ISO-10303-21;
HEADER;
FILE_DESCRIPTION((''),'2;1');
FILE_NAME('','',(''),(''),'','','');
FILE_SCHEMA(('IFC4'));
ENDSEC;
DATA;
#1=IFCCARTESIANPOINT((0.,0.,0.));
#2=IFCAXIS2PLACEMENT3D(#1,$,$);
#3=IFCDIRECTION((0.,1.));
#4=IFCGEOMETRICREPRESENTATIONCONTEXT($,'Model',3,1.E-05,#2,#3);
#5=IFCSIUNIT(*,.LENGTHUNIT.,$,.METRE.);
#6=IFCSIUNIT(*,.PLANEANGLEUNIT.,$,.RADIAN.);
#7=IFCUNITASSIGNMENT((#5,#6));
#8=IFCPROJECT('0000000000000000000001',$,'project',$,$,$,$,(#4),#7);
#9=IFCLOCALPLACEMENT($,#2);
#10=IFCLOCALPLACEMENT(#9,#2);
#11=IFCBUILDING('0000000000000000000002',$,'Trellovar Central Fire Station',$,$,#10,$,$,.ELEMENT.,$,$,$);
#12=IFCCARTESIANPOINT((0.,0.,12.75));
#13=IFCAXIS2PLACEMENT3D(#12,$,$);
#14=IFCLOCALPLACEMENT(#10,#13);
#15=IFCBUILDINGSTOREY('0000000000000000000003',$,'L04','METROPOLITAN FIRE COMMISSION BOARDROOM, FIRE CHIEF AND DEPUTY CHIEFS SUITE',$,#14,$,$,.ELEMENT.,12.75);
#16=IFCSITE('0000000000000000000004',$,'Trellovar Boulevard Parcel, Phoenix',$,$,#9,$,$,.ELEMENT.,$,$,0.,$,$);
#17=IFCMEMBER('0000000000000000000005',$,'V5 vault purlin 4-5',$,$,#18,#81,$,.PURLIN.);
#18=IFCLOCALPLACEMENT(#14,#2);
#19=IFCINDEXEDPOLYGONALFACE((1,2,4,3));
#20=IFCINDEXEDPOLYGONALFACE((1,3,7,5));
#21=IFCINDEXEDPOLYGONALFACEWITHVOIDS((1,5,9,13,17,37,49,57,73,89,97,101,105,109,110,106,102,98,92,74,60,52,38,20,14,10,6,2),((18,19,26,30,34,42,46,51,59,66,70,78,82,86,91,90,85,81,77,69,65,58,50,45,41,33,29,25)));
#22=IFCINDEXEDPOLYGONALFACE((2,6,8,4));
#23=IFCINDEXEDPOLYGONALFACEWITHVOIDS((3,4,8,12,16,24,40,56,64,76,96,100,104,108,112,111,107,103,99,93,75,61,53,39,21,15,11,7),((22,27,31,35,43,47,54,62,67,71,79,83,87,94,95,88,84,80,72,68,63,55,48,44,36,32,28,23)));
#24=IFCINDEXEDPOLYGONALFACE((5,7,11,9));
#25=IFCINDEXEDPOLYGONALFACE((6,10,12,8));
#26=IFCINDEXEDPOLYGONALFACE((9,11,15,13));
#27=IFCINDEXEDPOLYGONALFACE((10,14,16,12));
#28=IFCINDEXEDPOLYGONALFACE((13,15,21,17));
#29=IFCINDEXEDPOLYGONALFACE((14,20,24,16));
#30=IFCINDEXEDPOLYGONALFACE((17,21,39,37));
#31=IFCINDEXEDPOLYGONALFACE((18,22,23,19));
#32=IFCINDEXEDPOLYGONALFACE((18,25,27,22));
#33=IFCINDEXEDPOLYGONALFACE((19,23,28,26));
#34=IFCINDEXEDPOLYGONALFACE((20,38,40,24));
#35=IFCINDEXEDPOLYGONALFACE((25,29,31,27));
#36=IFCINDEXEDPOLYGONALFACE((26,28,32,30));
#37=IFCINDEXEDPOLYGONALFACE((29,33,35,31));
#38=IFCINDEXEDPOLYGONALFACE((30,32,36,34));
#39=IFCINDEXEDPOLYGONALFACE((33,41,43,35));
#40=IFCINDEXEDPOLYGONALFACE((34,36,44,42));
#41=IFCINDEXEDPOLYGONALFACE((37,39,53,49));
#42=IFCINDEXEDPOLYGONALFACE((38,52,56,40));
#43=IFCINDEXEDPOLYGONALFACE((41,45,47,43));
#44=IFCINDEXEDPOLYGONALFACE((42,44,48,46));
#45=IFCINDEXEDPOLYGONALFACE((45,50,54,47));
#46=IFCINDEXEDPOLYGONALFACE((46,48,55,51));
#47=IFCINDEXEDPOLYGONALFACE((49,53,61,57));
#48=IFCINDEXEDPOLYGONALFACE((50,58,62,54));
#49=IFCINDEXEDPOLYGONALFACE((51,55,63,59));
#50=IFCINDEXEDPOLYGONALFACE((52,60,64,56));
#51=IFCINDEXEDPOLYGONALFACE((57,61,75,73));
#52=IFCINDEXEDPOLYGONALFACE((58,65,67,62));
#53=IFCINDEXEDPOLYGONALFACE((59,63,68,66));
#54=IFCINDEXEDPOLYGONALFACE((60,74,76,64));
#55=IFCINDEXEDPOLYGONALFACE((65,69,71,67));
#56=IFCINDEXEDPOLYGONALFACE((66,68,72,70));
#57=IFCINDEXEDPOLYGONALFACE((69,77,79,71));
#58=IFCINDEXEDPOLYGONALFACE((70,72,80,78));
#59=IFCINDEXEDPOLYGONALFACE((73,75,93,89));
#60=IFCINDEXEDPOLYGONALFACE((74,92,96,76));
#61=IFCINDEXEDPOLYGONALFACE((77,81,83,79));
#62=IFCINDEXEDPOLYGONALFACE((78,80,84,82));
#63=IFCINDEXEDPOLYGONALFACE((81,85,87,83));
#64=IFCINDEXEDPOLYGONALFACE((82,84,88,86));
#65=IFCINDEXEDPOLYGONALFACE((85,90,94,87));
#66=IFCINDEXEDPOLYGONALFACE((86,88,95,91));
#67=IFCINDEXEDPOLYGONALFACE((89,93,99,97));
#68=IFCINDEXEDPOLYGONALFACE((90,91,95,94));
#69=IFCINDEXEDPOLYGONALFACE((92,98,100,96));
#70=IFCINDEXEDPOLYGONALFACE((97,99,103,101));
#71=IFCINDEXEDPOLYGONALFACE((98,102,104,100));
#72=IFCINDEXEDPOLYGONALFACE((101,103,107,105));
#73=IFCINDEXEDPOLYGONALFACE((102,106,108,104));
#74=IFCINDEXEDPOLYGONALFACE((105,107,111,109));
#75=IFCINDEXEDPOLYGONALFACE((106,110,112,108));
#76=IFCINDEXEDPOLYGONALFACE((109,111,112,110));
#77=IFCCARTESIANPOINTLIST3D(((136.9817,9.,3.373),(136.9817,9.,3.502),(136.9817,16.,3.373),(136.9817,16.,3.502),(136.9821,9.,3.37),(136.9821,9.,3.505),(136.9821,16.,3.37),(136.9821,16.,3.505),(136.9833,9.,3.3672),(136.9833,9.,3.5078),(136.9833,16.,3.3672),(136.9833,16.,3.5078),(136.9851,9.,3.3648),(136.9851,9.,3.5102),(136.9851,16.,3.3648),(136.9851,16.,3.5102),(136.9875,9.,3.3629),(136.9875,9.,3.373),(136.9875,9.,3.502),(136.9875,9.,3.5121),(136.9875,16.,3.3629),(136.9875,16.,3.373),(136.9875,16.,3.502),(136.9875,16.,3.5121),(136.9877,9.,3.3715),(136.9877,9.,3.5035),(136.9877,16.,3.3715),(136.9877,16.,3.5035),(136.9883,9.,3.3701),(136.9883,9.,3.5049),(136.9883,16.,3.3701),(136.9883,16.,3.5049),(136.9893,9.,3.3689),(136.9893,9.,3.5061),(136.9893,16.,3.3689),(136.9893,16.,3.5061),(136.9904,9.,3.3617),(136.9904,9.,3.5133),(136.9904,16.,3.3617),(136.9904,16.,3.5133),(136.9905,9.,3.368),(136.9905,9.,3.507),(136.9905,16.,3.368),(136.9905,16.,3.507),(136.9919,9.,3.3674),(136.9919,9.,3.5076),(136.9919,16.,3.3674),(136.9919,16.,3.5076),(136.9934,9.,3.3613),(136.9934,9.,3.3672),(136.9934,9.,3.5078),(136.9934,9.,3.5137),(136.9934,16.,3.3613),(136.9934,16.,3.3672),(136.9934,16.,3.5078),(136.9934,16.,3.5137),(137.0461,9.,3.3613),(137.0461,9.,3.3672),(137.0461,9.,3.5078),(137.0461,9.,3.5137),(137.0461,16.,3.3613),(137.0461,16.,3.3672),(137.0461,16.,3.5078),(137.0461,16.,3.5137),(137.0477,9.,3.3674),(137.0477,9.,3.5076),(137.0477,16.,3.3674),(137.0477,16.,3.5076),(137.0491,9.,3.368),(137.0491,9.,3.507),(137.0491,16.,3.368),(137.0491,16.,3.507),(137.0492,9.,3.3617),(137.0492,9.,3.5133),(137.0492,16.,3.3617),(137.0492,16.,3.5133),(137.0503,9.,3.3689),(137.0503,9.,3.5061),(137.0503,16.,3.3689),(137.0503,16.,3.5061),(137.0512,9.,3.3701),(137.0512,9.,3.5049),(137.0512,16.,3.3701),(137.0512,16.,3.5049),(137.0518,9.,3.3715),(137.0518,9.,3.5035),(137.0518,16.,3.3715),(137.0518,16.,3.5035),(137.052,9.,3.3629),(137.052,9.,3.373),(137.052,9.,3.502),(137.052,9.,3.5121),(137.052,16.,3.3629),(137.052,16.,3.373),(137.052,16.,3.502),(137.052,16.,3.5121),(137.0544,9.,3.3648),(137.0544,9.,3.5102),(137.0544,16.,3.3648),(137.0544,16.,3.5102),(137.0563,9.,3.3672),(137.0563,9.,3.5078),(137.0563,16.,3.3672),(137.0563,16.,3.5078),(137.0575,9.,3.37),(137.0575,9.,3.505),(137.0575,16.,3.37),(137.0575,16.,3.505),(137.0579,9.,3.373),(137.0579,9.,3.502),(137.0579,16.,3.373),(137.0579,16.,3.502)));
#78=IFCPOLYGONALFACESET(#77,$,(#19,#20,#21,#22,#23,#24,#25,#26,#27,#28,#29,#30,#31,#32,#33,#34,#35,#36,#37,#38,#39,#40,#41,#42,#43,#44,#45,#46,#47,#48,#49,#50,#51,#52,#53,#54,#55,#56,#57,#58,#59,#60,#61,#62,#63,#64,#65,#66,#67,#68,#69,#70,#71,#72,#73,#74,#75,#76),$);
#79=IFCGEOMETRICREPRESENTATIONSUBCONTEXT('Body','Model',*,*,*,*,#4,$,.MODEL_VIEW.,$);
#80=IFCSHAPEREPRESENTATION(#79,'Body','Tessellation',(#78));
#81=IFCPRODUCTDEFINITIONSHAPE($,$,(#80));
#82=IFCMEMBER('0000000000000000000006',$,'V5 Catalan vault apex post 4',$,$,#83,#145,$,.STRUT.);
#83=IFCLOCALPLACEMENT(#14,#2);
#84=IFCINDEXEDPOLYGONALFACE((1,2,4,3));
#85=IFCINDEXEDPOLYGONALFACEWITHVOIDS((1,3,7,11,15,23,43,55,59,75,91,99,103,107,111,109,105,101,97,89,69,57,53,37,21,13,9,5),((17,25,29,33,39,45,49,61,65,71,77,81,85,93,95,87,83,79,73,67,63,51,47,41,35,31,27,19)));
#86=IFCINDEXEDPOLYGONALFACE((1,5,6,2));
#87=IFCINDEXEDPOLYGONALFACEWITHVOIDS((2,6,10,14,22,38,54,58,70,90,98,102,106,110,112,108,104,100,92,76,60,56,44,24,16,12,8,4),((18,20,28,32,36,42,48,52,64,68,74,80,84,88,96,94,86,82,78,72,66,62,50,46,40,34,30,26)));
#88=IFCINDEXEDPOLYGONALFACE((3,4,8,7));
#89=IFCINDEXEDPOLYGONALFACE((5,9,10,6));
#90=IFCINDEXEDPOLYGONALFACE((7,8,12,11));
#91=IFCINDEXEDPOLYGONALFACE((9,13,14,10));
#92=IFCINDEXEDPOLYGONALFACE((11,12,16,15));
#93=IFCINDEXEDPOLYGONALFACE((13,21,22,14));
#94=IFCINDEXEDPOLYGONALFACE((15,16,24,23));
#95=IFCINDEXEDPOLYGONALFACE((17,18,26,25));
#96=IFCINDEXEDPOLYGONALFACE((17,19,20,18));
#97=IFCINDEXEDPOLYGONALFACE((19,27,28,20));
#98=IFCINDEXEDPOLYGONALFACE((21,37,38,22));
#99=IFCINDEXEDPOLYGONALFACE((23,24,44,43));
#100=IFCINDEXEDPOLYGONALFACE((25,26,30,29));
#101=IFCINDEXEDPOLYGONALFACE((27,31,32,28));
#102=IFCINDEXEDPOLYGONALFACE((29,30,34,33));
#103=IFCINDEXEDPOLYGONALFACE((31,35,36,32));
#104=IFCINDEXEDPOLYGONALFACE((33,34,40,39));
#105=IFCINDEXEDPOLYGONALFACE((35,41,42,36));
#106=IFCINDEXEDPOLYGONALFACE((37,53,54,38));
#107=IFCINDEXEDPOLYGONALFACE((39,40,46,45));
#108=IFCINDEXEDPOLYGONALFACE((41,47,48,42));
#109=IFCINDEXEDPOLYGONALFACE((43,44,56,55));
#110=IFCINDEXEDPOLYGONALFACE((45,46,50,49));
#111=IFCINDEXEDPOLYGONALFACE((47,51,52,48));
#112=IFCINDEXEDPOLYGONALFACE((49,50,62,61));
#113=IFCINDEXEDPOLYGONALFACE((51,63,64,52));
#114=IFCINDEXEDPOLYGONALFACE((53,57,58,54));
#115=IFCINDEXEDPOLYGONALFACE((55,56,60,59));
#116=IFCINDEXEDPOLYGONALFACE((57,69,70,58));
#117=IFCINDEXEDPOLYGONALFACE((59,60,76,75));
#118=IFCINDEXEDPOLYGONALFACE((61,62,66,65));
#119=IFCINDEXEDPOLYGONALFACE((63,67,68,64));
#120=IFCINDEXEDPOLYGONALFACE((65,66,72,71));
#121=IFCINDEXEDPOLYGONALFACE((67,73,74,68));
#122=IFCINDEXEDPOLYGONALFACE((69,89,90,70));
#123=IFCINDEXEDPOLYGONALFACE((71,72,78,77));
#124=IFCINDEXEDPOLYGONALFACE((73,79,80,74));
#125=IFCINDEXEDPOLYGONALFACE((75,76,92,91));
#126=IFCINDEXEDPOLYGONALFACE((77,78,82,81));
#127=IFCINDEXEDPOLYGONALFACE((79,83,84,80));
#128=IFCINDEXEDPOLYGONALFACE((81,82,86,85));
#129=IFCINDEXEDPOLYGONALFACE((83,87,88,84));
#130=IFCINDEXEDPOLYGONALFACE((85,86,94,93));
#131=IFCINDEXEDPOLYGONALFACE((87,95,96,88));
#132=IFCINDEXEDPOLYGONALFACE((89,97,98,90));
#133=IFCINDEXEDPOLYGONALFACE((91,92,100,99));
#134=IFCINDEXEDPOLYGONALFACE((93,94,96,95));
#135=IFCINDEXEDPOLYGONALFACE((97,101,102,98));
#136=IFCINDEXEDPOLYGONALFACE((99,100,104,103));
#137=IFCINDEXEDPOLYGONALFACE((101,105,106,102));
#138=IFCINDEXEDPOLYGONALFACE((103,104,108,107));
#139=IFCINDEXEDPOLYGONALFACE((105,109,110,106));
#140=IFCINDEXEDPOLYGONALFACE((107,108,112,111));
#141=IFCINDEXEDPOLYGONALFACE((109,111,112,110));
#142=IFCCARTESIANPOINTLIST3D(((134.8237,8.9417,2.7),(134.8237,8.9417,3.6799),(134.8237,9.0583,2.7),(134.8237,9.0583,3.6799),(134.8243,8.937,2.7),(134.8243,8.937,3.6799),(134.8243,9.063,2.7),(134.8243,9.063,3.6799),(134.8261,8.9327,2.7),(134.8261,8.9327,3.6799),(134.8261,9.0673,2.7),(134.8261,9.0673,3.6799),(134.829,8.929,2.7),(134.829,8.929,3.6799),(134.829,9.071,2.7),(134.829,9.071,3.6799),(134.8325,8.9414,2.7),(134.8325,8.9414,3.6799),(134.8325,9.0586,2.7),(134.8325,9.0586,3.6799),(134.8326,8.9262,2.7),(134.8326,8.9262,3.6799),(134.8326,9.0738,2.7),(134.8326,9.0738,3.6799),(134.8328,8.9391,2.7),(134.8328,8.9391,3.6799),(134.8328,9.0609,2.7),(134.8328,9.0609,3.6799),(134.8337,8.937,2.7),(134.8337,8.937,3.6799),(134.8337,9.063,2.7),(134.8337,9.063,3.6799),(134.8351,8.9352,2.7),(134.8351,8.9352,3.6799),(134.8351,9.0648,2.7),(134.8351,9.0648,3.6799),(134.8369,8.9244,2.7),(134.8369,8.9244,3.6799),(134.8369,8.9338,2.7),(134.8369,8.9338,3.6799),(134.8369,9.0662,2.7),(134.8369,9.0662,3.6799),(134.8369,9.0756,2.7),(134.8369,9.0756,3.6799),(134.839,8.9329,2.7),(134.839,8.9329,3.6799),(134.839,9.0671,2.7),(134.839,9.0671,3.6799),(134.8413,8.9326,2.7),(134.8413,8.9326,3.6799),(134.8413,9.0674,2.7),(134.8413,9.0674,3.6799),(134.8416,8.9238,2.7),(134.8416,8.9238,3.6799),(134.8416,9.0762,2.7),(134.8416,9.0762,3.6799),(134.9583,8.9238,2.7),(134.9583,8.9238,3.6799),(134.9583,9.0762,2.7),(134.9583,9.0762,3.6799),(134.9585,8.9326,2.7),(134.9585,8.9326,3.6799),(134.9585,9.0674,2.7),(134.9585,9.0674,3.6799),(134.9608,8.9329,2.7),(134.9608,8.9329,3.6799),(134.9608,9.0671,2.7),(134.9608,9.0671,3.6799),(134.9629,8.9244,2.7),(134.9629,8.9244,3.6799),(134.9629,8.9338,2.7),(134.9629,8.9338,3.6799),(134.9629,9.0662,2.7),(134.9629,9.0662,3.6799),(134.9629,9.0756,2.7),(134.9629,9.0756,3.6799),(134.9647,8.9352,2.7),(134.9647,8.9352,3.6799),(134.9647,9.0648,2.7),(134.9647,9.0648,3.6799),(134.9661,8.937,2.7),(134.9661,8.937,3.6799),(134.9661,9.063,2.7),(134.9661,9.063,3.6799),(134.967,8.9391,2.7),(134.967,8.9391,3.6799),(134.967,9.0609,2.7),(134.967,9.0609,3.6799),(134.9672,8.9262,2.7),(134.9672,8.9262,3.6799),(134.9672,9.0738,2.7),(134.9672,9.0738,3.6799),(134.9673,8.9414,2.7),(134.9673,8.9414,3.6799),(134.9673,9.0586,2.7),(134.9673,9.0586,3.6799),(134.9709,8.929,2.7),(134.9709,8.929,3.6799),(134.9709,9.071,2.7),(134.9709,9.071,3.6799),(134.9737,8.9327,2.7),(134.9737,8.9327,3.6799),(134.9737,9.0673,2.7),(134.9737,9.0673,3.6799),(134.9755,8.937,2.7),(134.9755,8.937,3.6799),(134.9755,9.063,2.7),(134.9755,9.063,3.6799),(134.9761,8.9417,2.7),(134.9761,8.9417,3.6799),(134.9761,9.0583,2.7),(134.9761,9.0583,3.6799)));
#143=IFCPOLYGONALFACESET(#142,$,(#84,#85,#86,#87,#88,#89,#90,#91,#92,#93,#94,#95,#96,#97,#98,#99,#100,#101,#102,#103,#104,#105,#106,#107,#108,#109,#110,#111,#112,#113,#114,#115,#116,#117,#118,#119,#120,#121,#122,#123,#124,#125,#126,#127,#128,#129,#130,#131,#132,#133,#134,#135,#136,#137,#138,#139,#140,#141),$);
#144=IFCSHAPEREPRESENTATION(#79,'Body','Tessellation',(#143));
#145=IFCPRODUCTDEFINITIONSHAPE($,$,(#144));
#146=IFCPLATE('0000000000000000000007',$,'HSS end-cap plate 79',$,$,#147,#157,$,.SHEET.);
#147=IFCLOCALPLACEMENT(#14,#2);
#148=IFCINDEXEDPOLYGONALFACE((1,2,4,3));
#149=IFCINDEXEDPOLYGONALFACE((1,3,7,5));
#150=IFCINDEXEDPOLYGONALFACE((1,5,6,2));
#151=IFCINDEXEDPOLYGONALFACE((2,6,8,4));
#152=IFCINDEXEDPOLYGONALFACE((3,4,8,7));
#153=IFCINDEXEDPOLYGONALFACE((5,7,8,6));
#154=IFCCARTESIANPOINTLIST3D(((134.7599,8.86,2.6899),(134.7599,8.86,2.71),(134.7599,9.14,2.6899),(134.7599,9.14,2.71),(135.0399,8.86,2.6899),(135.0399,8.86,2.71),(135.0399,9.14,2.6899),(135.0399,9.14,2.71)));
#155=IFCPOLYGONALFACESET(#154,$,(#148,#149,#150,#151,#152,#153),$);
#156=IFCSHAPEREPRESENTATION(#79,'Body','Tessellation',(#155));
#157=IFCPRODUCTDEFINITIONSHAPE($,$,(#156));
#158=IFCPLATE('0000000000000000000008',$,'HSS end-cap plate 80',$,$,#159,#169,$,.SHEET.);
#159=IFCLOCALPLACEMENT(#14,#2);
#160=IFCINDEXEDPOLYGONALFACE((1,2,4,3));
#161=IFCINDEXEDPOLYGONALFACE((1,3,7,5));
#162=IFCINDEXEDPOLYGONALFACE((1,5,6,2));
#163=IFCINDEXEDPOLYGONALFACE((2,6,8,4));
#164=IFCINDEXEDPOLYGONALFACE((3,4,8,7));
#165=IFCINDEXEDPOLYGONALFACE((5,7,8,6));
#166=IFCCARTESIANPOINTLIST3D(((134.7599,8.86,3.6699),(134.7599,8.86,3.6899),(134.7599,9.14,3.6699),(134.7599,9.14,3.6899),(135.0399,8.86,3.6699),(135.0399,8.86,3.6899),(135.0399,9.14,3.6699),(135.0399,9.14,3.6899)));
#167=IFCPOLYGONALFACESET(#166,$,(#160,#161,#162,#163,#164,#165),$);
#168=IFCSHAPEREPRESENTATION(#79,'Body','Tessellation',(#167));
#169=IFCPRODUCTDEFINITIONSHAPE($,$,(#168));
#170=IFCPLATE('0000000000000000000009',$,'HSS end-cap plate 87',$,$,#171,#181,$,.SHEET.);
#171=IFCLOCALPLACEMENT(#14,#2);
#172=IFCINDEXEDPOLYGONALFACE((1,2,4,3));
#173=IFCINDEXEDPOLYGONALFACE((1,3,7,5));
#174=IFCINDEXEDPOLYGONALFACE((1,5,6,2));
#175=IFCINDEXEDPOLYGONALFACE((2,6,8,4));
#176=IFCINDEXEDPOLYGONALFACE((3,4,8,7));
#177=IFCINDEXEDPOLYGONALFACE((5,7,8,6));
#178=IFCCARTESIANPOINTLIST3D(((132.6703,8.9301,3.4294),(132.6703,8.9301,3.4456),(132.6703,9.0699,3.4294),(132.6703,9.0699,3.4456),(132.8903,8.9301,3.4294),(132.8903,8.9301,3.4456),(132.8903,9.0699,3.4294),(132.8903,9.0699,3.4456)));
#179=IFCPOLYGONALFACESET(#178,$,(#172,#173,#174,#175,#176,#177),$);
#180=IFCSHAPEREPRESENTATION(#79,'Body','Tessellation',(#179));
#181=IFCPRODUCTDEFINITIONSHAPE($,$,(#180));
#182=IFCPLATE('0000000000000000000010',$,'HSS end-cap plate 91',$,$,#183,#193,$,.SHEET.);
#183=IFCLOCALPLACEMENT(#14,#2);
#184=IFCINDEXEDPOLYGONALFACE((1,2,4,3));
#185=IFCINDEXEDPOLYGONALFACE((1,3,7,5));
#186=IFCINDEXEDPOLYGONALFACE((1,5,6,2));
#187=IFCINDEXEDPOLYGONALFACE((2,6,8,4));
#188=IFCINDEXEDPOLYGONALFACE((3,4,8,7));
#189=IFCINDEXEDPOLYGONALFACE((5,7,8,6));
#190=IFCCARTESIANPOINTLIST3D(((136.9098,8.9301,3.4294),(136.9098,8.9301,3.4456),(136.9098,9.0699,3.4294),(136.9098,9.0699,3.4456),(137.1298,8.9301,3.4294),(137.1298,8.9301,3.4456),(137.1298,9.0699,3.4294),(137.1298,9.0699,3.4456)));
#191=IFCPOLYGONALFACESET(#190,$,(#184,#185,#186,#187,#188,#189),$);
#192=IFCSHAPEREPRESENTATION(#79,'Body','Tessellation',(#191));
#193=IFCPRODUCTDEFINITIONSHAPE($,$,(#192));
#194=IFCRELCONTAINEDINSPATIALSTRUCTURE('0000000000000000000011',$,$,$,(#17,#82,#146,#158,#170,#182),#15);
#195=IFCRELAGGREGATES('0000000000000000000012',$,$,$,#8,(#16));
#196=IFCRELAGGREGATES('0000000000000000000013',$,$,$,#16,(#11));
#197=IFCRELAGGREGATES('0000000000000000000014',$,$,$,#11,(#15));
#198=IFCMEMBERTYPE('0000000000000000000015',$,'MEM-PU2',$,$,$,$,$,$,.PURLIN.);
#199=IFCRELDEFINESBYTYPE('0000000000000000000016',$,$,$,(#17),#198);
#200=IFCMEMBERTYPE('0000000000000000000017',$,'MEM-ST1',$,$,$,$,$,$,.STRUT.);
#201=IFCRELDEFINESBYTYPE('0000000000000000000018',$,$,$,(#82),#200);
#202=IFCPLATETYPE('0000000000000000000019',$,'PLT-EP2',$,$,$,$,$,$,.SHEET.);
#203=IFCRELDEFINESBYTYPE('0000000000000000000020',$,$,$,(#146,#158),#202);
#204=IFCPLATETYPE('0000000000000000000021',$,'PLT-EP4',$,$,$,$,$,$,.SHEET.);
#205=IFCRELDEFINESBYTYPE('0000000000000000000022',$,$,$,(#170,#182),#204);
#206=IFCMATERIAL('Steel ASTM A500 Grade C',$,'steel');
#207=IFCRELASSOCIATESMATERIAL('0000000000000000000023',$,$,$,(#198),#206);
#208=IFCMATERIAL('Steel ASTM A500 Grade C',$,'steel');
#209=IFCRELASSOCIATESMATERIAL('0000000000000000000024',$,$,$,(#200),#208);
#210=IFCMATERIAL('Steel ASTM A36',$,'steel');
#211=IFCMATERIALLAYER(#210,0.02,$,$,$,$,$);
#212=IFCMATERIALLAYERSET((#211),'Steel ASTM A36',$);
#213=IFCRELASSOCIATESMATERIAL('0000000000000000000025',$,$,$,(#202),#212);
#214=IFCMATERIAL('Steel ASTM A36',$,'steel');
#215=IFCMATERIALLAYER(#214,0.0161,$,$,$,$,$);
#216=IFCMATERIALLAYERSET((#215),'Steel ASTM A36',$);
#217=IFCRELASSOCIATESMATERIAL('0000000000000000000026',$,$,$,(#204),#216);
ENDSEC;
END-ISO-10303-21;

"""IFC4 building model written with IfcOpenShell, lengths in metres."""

from ifc_helpers import new_model, si_unit, direction, frame, origin, origin_2d, place, context, subcontext, project, spatial, rectangle, hollow_rectangle, extrude, material, layer, layer_set, material_profile, profile_set, type_object, element, save


model = new_model("IFC4")

# Units and contexts
model_context = context("Model", 3, precision=1e-05, world=origin(), true_north=direction((0.0, 1.0)))
body_context = subcontext(model_context, "Body", "Model", "MODEL_VIEW")
ifc_project = project(units=[si_unit("LENGTHUNIT", "METRE"), si_unit("PLANEANGLEUNIT", "RADIAN")], contexts=[model_context])

# Site, building, storey
site_placement = place(None, origin())
site = spatial("IfcSite", under=ifc_project, at=site_placement, Name="Trellovar Boulevard Parcel, Phoenix", CompositionType="ELEMENT", RefElevation=0.0)
building_placement = place(site_placement, origin())
building = spatial("IfcBuilding", under=site, at=building_placement, Name="Trellovar Central Fire Station", CompositionType="ELEMENT")
storey_placement = place(building_placement, frame((0.0, 0.0, 12.75)))
storey = spatial("IfcBuildingStorey", under=building, at=storey_placement, Name="L04", Description="METROPOLITAN FIRE COMMISSION BOARDROOM, FIRE CHIEF AND DEPUTY CHIEFS SUITE", CompositionType="ELEMENT", Elevation=12.75)

# Members
ifc_material_1 = material(Name="Steel ASTM A500 Grade C", Category="steel")
ifc_material_profile_1 = material_profile(ifc_material_1, hollow_rectangle(XDim=0.0762, YDim=0.1523, WallThickness=0.0059, InnerFilletRadius=0.0059, OuterFilletRadius=0.0117, at=origin_2d()), Name="HSS6X3X1/4")
ifc_profile_set_1 = profile_set([ifc_material_profile_1], Name="Steel ASTM A500 Grade C")
member_type_1 = type_object("IfcMemberType", Name="MEM-PU2", PredefinedType="PURLIN", material=ifc_profile_set_1)
for number, where, z_axis, x_axis, name in (
    (1, (137.0198, 9.0, 3.4375), (0.0, 1.0, 0.0), (-1.0, 0.0, 0.0), "V5 vault purlin 4-5"),
):
    element("IfcMember", number, at=place(storey_placement, frame(where, z_axis=z_axis, x_axis=x_axis)), inside=storey, type_object=member_type_1, Name=name, PredefinedType="PURLIN", context=body_context, shape_type="SweptSolid", body=[
        extrude(hollow_rectangle(XDim=0.0762, YDim=0.1523, WallThickness=0.0059, InnerFilletRadius=0.0059, OuterFilletRadius=0.0117, at=origin_2d()), origin(), (0.0, 0.0, 1.0), 7.0),
    ])
ifc_material_2 = material(Name="Steel ASTM A500 Grade C", Category="steel")
ifc_material_profile_2 = material_profile(ifc_material_2, hollow_rectangle(XDim=0.1523, YDim=0.1523, WallThickness=0.0088, InnerFilletRadius=0.0088, OuterFilletRadius=0.0178, at=origin_2d()), Name="HSS6X6X3/8")
ifc_profile_set_2 = profile_set([ifc_material_profile_2], Name="Steel ASTM A500 Grade C")
member_type_2 = type_object("IfcMemberType", Name="MEM-ST1", PredefinedType="STRUT", material=ifc_profile_set_2)
member_1_placement = place(storey_placement, frame((134.8999, 9.0, 2.7), z_axis=(0.0, 0.0, 1.0), x_axis=(1.0, 0.0, 0.0)))
element("IfcMember", 2, at=member_1_placement, inside=storey, type_object=member_type_2, Name="V5 Catalan vault apex post 4", PredefinedType="STRUT", context=body_context, shape_type="SweptSolid", body=[
    extrude(hollow_rectangle(XDim=0.1523, YDim=0.1523, WallThickness=0.0088, InnerFilletRadius=0.0088, OuterFilletRadius=0.0178, at=origin_2d()), origin(), (0.0, 0.0, 1.0), 0.98),
])

# Plates
ifc_material_3 = material(Name="Steel ASTM A36", Category="steel")
ifc_layer_1 = layer(ifc_material_3, 0.02)
ifc_layer_set_1 = layer_set([ifc_layer_1], Name="Steel ASTM A36")
plate_type_1 = type_object("IfcPlateType", Name="PLT-EP2", PredefinedType="SHEET", material=ifc_layer_set_1)
for number, where, z_axis, x_axis, name in (
    (3, (134.8999, 9.0, 2.6899), (0.0, 0.0, 1.0), (1.0, 0.0, 0.0), "HSS end-cap plate 79"),
    (4, (134.8999, 9.0, 3.6699), (0.0, 0.0, 1.0), (1.0, 0.0, 0.0), "HSS end-cap plate 80"),
):
    element("IfcPlate", number, at=place(storey_placement, frame(where, z_axis=z_axis, x_axis=x_axis)), inside=storey, type_object=plate_type_1, Name=name, PredefinedType="SHEET", context=body_context, shape_type="SweptSolid", body=[
        extrude(rectangle(XDim=0.28, YDim=0.28, at=origin_2d()), origin(), (0.0, 0.0, 1.0), 0.02),
    ])
ifc_material_4 = material(Name="Steel ASTM A36", Category="steel")
ifc_layer_2 = layer(ifc_material_4, 0.0161)
ifc_layer_set_2 = layer_set([ifc_layer_2], Name="Steel ASTM A36")
plate_type_2 = type_object("IfcPlateType", Name="PLT-EP4", PredefinedType="SHEET", material=ifc_layer_set_2)
for number, where, z_axis, x_axis, name in (
    (5, (132.7803, 9.0, 3.4294), (0.0, 0.0, 1.0), (1.0, 0.0, 0.0), "HSS end-cap plate 87"),
    (6, (137.0198, 9.0, 3.4294), (0.0, 0.0, 1.0), (1.0, 0.0, 0.0), "HSS end-cap plate 91"),
):
    element("IfcPlate", number, at=place(storey_placement, frame(where, z_axis=z_axis, x_axis=x_axis)), inside=storey, type_object=plate_type_2, Name=name, PredefinedType="SHEET", context=body_context, shape_type="SweptSolid", body=[
        extrude(rectangle(XDim=0.22, YDim=0.1399, at=origin_2d()), origin(), (0.0, 0.0, 1.0), 0.0161),
    ])

save(model, "model.ifc")
